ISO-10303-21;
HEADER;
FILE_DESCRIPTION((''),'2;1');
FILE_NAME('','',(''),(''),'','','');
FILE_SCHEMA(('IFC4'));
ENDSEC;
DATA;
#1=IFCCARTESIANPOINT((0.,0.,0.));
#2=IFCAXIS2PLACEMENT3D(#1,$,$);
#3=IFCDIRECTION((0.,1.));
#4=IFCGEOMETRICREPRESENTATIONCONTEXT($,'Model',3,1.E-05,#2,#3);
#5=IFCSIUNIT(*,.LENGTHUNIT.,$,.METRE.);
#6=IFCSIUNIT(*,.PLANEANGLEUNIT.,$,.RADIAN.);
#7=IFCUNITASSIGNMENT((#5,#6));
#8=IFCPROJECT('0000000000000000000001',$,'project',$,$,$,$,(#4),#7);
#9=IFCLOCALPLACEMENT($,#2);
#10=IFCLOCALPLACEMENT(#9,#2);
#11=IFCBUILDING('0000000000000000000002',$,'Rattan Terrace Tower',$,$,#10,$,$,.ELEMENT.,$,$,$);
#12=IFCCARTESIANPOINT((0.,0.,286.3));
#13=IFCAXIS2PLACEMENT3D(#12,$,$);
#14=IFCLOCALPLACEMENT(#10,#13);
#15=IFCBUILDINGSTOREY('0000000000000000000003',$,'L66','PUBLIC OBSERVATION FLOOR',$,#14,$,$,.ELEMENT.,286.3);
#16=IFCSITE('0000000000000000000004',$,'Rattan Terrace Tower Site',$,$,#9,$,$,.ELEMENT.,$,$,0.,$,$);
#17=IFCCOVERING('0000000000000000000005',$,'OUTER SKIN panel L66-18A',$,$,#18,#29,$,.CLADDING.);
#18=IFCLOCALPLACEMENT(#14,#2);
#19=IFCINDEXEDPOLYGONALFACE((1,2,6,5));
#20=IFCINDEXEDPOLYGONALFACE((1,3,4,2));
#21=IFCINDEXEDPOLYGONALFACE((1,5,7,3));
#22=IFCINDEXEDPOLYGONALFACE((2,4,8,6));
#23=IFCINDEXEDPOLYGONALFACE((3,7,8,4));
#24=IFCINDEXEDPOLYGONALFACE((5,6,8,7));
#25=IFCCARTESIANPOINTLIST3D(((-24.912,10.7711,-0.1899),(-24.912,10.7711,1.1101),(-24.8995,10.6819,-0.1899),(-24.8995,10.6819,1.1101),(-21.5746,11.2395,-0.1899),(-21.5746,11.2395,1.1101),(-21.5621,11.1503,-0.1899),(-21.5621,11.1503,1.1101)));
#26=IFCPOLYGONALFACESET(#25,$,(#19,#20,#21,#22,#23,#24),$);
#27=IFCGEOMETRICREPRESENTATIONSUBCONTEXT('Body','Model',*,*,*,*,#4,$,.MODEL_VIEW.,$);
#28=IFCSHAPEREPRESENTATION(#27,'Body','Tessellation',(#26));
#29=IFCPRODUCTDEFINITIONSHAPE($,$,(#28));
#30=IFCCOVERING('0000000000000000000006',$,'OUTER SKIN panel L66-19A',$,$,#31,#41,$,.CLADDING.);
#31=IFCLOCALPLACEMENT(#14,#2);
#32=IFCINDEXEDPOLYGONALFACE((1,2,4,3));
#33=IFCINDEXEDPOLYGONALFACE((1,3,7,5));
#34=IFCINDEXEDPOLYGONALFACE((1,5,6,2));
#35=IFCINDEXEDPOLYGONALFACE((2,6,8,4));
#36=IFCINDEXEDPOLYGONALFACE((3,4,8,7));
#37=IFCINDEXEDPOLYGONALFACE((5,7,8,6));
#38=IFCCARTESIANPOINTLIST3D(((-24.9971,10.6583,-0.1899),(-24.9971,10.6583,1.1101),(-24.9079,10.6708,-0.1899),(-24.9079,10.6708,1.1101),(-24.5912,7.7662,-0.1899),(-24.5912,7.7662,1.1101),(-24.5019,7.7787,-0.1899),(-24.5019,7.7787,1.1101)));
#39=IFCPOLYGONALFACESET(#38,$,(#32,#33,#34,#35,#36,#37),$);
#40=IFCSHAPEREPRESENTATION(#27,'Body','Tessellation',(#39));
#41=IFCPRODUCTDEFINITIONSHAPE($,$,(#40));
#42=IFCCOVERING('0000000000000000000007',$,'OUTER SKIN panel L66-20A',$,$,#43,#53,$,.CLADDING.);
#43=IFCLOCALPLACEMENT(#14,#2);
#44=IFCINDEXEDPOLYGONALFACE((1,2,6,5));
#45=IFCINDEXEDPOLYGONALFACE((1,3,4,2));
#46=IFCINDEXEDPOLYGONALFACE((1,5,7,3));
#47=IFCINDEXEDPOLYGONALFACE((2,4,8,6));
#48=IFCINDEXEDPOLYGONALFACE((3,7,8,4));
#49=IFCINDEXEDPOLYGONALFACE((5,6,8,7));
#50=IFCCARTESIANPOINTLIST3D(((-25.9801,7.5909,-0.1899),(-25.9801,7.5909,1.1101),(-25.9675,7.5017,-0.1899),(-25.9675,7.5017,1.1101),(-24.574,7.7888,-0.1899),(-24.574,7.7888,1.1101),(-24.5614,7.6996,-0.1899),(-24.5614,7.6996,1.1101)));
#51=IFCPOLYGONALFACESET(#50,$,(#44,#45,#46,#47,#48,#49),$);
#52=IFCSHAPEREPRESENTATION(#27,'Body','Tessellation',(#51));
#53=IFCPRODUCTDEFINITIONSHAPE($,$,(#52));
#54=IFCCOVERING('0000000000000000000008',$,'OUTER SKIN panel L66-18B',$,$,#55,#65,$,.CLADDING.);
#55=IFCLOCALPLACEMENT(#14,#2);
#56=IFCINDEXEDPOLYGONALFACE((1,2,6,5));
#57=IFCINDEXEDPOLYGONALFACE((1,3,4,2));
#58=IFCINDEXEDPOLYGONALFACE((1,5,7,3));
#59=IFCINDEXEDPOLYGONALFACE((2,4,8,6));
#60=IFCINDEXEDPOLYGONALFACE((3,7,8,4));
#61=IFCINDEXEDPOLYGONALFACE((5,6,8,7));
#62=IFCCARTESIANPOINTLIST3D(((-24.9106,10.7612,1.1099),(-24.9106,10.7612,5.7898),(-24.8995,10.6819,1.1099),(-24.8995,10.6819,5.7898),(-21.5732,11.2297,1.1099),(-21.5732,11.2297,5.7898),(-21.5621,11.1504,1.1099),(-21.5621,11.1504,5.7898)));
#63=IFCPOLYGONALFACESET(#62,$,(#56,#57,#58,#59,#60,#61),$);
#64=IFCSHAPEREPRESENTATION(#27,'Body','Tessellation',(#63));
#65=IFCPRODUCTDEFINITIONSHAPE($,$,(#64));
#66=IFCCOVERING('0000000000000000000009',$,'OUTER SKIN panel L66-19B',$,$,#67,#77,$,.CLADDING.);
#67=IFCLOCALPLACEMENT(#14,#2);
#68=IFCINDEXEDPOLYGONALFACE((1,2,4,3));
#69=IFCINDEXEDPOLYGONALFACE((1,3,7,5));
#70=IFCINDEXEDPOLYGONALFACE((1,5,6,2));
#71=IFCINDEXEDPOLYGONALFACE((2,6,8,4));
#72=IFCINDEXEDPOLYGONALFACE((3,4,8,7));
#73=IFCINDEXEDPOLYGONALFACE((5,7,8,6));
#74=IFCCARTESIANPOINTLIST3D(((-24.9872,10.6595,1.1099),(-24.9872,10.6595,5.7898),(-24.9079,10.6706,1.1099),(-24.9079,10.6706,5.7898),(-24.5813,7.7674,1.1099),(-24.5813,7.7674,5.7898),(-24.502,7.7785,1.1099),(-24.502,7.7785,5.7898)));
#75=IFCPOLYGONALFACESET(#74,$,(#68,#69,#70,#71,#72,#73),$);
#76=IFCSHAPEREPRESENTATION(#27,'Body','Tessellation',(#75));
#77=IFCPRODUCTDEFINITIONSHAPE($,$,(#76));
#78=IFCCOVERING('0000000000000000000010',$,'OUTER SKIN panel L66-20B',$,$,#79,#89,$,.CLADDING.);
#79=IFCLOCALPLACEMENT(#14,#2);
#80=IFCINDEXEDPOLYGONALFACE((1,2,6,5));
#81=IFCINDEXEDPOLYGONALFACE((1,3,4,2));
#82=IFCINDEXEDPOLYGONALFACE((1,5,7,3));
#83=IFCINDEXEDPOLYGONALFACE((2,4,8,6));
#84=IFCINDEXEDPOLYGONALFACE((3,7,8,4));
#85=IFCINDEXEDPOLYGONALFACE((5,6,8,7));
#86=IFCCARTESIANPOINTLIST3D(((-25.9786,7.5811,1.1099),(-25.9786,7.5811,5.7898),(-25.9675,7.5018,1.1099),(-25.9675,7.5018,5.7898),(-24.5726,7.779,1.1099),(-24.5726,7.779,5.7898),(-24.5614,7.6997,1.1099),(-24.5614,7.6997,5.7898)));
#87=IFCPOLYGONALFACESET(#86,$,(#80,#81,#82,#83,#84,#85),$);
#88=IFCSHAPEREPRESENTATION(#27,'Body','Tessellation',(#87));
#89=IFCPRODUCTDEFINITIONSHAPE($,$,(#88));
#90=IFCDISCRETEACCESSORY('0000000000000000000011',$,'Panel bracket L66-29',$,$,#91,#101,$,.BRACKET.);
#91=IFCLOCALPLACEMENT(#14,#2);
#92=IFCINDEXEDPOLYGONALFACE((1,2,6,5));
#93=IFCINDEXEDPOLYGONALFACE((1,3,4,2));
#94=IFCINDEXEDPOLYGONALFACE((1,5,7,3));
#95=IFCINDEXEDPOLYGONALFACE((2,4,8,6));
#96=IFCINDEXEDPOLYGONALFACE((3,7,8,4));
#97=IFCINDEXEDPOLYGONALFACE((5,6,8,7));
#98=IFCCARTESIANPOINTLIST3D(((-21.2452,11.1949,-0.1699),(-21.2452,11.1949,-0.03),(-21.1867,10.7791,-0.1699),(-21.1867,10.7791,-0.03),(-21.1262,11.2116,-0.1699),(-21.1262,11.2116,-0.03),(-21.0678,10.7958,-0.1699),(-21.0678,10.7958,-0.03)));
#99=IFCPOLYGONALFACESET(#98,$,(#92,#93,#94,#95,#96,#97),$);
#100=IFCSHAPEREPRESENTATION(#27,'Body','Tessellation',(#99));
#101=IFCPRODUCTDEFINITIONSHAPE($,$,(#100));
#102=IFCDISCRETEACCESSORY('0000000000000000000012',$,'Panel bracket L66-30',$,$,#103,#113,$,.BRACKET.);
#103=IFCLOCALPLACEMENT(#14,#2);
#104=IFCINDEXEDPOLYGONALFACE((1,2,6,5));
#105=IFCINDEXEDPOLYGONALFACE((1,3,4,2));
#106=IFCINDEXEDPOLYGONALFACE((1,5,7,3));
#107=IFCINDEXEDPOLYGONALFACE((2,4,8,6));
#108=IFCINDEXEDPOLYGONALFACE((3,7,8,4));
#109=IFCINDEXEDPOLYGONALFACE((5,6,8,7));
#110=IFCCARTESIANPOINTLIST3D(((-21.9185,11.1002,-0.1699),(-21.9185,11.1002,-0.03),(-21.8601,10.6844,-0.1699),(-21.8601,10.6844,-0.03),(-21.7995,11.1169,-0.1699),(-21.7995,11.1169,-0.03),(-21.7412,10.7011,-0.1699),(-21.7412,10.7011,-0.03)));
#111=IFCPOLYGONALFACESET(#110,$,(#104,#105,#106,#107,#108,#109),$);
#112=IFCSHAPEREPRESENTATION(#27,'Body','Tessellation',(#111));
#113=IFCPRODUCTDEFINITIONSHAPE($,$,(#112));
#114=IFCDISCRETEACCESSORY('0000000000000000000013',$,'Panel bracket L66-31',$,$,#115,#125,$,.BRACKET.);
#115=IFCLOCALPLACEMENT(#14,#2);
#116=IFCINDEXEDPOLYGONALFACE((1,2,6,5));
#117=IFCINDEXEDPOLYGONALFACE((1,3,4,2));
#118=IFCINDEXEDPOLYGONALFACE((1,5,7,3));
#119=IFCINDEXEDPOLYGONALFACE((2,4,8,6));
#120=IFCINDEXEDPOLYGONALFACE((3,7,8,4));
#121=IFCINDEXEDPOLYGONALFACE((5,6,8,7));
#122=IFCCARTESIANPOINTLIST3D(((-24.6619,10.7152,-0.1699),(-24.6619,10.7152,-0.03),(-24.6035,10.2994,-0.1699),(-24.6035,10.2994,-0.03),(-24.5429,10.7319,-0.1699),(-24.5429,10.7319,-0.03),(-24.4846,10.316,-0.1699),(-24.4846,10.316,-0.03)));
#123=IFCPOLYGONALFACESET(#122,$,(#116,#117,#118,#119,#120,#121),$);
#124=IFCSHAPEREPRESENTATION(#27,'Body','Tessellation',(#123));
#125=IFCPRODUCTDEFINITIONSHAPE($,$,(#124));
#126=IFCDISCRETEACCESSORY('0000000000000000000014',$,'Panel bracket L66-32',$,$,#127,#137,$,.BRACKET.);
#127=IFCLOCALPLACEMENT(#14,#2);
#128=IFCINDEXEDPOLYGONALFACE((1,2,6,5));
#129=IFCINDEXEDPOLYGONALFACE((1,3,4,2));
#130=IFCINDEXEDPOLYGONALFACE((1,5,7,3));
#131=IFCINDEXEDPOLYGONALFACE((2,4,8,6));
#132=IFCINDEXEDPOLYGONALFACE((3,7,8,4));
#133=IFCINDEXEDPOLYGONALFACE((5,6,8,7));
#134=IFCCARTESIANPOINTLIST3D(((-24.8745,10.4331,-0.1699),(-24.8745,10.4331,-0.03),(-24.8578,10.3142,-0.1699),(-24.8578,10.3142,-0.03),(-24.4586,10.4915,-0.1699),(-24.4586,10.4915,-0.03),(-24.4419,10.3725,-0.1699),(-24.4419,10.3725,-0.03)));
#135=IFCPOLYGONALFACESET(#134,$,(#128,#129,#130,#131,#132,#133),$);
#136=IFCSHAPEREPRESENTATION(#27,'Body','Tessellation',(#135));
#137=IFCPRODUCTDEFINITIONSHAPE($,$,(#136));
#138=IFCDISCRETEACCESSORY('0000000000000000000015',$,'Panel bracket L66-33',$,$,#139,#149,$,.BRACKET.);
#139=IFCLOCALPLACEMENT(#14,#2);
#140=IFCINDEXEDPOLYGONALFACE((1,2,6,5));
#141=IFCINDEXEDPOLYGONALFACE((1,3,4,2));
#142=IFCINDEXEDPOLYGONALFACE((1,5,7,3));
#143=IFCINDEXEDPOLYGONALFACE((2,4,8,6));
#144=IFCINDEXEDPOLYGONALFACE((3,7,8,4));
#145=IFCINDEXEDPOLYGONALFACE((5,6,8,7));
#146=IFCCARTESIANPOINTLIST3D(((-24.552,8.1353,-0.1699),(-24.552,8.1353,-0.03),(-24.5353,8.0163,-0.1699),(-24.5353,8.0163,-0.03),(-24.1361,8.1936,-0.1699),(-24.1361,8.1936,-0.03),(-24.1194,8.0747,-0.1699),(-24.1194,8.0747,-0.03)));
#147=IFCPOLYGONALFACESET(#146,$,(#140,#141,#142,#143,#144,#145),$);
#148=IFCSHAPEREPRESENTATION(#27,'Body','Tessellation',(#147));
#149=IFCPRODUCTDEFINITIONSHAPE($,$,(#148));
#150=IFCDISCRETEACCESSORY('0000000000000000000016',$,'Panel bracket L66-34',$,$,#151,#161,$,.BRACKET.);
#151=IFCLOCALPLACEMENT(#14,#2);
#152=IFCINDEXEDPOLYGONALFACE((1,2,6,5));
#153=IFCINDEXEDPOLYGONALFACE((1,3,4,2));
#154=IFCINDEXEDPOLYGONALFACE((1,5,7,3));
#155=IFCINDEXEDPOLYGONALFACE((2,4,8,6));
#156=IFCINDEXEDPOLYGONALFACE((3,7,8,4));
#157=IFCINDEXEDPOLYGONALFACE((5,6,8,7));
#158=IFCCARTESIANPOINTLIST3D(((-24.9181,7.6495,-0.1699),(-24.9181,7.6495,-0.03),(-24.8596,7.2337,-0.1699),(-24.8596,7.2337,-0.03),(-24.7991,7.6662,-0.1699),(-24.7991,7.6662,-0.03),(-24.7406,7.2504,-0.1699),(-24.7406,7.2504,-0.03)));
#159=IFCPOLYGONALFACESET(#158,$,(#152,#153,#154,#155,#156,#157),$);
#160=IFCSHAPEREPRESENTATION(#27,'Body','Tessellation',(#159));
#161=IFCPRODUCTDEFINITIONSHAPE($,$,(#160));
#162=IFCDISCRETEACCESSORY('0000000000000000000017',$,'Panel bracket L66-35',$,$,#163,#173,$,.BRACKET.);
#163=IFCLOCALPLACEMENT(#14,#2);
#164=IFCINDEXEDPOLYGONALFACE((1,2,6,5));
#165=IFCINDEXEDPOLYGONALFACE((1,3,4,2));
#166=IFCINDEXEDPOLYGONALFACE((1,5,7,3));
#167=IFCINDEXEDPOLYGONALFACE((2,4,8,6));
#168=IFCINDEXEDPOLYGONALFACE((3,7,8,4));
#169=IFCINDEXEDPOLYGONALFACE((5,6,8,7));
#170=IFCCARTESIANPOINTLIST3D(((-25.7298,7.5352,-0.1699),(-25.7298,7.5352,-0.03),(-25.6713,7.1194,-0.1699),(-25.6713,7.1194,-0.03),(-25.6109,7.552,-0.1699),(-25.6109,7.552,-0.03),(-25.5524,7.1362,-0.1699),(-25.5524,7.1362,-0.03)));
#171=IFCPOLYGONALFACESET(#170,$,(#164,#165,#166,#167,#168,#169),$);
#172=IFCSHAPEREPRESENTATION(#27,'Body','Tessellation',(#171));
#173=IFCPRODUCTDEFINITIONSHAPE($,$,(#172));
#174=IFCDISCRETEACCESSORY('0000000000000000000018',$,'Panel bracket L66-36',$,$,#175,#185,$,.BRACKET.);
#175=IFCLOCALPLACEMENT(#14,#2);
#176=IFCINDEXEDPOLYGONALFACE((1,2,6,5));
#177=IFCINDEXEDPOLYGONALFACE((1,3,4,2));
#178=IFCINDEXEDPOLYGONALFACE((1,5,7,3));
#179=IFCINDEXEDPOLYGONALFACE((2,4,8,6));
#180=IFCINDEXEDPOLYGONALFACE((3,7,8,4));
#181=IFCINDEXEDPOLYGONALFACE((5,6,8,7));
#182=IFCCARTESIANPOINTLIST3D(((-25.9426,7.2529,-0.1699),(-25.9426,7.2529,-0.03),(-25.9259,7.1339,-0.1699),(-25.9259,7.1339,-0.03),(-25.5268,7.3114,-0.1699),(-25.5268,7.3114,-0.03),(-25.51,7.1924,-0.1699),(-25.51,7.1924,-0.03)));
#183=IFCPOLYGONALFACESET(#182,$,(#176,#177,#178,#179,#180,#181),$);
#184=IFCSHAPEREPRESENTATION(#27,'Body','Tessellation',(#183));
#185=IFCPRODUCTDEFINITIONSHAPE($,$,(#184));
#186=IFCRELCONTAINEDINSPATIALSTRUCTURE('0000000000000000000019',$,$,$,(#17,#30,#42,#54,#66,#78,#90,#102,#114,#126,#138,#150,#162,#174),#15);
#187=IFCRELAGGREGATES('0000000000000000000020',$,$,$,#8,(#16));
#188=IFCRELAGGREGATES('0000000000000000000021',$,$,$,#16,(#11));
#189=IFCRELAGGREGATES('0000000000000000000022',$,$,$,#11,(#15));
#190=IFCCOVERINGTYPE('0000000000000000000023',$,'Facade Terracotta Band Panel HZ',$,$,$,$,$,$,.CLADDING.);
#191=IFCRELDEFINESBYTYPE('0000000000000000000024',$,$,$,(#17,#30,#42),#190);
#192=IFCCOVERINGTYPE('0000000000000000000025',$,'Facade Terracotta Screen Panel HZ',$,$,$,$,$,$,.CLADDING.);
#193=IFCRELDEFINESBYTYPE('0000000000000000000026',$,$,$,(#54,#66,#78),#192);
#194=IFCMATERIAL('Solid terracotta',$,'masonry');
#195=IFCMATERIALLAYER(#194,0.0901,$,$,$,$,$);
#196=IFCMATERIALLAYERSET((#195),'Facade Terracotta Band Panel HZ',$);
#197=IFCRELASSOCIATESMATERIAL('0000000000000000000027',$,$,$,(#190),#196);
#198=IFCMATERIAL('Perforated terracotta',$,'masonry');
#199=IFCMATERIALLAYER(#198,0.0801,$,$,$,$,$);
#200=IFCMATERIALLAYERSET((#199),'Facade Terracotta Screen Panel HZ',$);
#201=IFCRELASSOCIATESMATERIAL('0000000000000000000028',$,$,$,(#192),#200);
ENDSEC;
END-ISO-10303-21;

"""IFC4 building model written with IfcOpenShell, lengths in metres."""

from ifc_helpers import new_model, si_unit, direction, frame, origin, origin_2d, place, context, subcontext, project, spatial, rectangle, extrude, material, layer, layer_set, type_object, element, save


model = new_model("IFC4")

# Units and contexts
model_context = context("Model", 3, precision=1e-05, world=origin(), true_north=direction((0.0, 1.0)))
body_context = subcontext(model_context, "Body", "Model", "MODEL_VIEW")
ifc_project = project(units=[si_unit("LENGTHUNIT", "METRE"), si_unit("PLANEANGLEUNIT", "RADIAN")], contexts=[model_context])

# Site, building, storey
site_placement = place(None, origin())
site = spatial("IfcSite", under=ifc_project, at=site_placement, Name="Rattan Terrace Tower Site", CompositionType="ELEMENT", RefElevation=0.0)
building_placement = place(site_placement, origin())
building = spatial("IfcBuilding", under=site, at=building_placement, Name="Rattan Terrace Tower", CompositionType="ELEMENT")
storey_placement = place(building_placement, frame((0.0, 0.0, 286.3)))
storey = spatial("IfcBuildingStorey", under=building, at=storey_placement, Name="L66", Description="PUBLIC OBSERVATION FLOOR", CompositionType="ELEMENT", Elevation=286.3)

# Coverings
ifc_material_1 = material(Name="Solid terracotta", Category="masonry")
ifc_layer_1 = layer(ifc_material_1, 0.0901)
ifc_layer_set_1 = layer_set([ifc_layer_1], Name="Facade Terracotta Band Panel HZ")
covering_type_1 = type_object("IfcCoveringType", Name="Facade Terracotta Band Panel HZ", PredefinedType="CLADDING", material=ifc_layer_set_1)
covering_1_placement = place(storey_placement, frame((-23.2371, 10.9607, -0.1899), z_axis=(0.0, 0.0, 1.0), x_axis=(-0.990293, -0.138994, 0.0)))
element("IfcCovering", 1, at=covering_1_placement, inside=storey, type_object=covering_type_1, Name="OUTER SKIN panel L66-18A", PredefinedType="CLADDING", context=body_context, shape_type="SweptSolid", body=[
    extrude(rectangle(XDim=3.3701, YDim=0.0901, at=origin_2d()), origin(), (0.0, 0.0, 1.0), 1.3),
])
covering_2_placement = place(storey_placement, frame((-24.7495, 9.2185, -0.1899), z_axis=(0.0, 0.0, 1.0), x_axis=(0.138994, -0.990293, 0.0)))
element("IfcCovering", 2, at=covering_2_placement, inside=storey, type_object=covering_type_1, Name="OUTER SKIN panel L66-19A", PredefinedType="CLADDING", context=body_context, shape_type="SweptSolid", body=[
    extrude(rectangle(XDim=2.9204, YDim=0.0901, at=origin_2d()), origin(), (0.0, 0.0, 1.0), 1.3),
])
covering_3_placement = place(storey_placement, frame((-25.2708, 7.6453, -0.1899), z_axis=(0.0, 0.0, 1.0), x_axis=(-0.990241, -0.139367, 0.0)))
element("IfcCovering", 3, at=covering_3_placement, inside=storey, type_object=covering_type_1, Name="OUTER SKIN panel L66-20A", PredefinedType="CLADDING", context=body_context, shape_type="SweptSolid", body=[
    extrude(rectangle(XDim=1.4199, YDim=0.0901, at=origin_2d()), origin(), (0.0, 0.0, 1.0), 1.3),
])
ifc_material_2 = material(Name="Perforated terracotta", Category="masonry")
ifc_layer_2 = layer(ifc_material_2, 0.0801)
ifc_layer_set_2 = layer_set([ifc_layer_2], Name="Facade Terracotta Screen Panel HZ")
covering_type_2 = type_object("IfcCoveringType", Name="Facade Terracotta Screen Panel HZ", PredefinedType="CLADDING", material=ifc_layer_set_2)
covering_4_placement = place(storey_placement, frame((-23.2363, 10.9558, 1.1099), z_axis=(0.0, 0.0, 1.0), x_axis=(-0.990293, -0.138994, 0.0)))
element("IfcCovering", 4, at=covering_4_placement, inside=storey, type_object=covering_type_2, Name="OUTER SKIN panel L66-18B", PredefinedType="CLADDING", context=body_context, shape_type="SweptSolid", body=[
    extrude(rectangle(XDim=3.3701, YDim=0.0801, at=origin_2d()), origin(), (0.0, 0.0, 1.0), 4.6799),
])
covering_5_placement = place(storey_placement, frame((-24.7446, 9.219, 1.1099), z_axis=(0.0, 0.0, 1.0), x_axis=(0.138994, -0.990293, 0.0)))
element("IfcCovering", 5, at=covering_5_placement, inside=storey, type_object=covering_type_2, Name="OUTER SKIN panel L66-19B", PredefinedType="CLADDING", context=body_context, shape_type="SweptSolid", body=[
    extrude(rectangle(XDim=2.9204, YDim=0.0801, at=origin_2d()), origin(), (0.0, 0.0, 1.0), 4.6799),
])
covering_6_placement = place(storey_placement, frame((-25.27, 7.6404, 1.1099), z_axis=(0.0, 0.0, 1.0), x_axis=(-0.990241, -0.139367, 0.0)))
element("IfcCovering", 6, at=covering_6_placement, inside=storey, type_object=covering_type_2, Name="OUTER SKIN panel L66-20B", PredefinedType="CLADDING", context=body_context, shape_type="SweptSolid", body=[
    extrude(rectangle(XDim=1.4199, YDim=0.0801, at=origin_2d()), origin(), (0.0, 0.0, 1.0), 4.6799),
])

# Discrete accessories
for number, where, z_axis, x_axis, name in (
    (7, (-21.1565, 10.9954, -0.1699), (0.0, 0.0, 1.0), (-0.990266, -0.139189, 0.0), "Panel bracket L66-29"),
    (8, (-21.8298, 10.9006, -0.1699), (0.0, 0.0, 1.0), (-0.990293, -0.138994, 0.0), "Panel bracket L66-30"),
    (9, (-24.5732, 10.5156, -0.1699), (0.0, 0.0, 1.0), (-0.990293, -0.138994, 0.0), "Panel bracket L66-31"),
    (10, (-24.6582, 10.4028, -0.1699), (0.0, 0.0, 1.0), (0.138994, -0.990293, 0.0), "Panel bracket L66-32"),
    (11, (-24.3357, 8.105, -0.1699), (0.0, 0.0, 1.0), (0.138994, -0.990293, 0.0), "Panel bracket L66-33"),
    (12, (-24.8293, 7.45, -0.1699), (0.0, 0.0, 1.0), (-0.990241, -0.139367, 0.0), "Panel bracket L66-34"),
    (13, (-25.6411, 7.3357, -0.1699), (0.0, 0.0, 1.0), (-0.990241, -0.139367, 0.0), "Panel bracket L66-35"),
    (14, (-25.7263, 7.2227, -0.1699), (0.0, 0.0, 1.0), (0.139367, -0.990241, 0.0), "Panel bracket L66-36"),
):
    element("IfcDiscreteAccessory", number, at=place(storey_placement, frame(where, z_axis=z_axis, x_axis=x_axis)), inside=storey, Name=name, PredefinedType="BRACKET", context=body_context, shape_type="SweptSolid", body=[
        extrude(rectangle(XDim=0.1201, YDim=0.4199, at=origin_2d()), origin(), (0.0, 0.0, 1.0), 0.1399),
    ])

save(model, "model.ifc")
